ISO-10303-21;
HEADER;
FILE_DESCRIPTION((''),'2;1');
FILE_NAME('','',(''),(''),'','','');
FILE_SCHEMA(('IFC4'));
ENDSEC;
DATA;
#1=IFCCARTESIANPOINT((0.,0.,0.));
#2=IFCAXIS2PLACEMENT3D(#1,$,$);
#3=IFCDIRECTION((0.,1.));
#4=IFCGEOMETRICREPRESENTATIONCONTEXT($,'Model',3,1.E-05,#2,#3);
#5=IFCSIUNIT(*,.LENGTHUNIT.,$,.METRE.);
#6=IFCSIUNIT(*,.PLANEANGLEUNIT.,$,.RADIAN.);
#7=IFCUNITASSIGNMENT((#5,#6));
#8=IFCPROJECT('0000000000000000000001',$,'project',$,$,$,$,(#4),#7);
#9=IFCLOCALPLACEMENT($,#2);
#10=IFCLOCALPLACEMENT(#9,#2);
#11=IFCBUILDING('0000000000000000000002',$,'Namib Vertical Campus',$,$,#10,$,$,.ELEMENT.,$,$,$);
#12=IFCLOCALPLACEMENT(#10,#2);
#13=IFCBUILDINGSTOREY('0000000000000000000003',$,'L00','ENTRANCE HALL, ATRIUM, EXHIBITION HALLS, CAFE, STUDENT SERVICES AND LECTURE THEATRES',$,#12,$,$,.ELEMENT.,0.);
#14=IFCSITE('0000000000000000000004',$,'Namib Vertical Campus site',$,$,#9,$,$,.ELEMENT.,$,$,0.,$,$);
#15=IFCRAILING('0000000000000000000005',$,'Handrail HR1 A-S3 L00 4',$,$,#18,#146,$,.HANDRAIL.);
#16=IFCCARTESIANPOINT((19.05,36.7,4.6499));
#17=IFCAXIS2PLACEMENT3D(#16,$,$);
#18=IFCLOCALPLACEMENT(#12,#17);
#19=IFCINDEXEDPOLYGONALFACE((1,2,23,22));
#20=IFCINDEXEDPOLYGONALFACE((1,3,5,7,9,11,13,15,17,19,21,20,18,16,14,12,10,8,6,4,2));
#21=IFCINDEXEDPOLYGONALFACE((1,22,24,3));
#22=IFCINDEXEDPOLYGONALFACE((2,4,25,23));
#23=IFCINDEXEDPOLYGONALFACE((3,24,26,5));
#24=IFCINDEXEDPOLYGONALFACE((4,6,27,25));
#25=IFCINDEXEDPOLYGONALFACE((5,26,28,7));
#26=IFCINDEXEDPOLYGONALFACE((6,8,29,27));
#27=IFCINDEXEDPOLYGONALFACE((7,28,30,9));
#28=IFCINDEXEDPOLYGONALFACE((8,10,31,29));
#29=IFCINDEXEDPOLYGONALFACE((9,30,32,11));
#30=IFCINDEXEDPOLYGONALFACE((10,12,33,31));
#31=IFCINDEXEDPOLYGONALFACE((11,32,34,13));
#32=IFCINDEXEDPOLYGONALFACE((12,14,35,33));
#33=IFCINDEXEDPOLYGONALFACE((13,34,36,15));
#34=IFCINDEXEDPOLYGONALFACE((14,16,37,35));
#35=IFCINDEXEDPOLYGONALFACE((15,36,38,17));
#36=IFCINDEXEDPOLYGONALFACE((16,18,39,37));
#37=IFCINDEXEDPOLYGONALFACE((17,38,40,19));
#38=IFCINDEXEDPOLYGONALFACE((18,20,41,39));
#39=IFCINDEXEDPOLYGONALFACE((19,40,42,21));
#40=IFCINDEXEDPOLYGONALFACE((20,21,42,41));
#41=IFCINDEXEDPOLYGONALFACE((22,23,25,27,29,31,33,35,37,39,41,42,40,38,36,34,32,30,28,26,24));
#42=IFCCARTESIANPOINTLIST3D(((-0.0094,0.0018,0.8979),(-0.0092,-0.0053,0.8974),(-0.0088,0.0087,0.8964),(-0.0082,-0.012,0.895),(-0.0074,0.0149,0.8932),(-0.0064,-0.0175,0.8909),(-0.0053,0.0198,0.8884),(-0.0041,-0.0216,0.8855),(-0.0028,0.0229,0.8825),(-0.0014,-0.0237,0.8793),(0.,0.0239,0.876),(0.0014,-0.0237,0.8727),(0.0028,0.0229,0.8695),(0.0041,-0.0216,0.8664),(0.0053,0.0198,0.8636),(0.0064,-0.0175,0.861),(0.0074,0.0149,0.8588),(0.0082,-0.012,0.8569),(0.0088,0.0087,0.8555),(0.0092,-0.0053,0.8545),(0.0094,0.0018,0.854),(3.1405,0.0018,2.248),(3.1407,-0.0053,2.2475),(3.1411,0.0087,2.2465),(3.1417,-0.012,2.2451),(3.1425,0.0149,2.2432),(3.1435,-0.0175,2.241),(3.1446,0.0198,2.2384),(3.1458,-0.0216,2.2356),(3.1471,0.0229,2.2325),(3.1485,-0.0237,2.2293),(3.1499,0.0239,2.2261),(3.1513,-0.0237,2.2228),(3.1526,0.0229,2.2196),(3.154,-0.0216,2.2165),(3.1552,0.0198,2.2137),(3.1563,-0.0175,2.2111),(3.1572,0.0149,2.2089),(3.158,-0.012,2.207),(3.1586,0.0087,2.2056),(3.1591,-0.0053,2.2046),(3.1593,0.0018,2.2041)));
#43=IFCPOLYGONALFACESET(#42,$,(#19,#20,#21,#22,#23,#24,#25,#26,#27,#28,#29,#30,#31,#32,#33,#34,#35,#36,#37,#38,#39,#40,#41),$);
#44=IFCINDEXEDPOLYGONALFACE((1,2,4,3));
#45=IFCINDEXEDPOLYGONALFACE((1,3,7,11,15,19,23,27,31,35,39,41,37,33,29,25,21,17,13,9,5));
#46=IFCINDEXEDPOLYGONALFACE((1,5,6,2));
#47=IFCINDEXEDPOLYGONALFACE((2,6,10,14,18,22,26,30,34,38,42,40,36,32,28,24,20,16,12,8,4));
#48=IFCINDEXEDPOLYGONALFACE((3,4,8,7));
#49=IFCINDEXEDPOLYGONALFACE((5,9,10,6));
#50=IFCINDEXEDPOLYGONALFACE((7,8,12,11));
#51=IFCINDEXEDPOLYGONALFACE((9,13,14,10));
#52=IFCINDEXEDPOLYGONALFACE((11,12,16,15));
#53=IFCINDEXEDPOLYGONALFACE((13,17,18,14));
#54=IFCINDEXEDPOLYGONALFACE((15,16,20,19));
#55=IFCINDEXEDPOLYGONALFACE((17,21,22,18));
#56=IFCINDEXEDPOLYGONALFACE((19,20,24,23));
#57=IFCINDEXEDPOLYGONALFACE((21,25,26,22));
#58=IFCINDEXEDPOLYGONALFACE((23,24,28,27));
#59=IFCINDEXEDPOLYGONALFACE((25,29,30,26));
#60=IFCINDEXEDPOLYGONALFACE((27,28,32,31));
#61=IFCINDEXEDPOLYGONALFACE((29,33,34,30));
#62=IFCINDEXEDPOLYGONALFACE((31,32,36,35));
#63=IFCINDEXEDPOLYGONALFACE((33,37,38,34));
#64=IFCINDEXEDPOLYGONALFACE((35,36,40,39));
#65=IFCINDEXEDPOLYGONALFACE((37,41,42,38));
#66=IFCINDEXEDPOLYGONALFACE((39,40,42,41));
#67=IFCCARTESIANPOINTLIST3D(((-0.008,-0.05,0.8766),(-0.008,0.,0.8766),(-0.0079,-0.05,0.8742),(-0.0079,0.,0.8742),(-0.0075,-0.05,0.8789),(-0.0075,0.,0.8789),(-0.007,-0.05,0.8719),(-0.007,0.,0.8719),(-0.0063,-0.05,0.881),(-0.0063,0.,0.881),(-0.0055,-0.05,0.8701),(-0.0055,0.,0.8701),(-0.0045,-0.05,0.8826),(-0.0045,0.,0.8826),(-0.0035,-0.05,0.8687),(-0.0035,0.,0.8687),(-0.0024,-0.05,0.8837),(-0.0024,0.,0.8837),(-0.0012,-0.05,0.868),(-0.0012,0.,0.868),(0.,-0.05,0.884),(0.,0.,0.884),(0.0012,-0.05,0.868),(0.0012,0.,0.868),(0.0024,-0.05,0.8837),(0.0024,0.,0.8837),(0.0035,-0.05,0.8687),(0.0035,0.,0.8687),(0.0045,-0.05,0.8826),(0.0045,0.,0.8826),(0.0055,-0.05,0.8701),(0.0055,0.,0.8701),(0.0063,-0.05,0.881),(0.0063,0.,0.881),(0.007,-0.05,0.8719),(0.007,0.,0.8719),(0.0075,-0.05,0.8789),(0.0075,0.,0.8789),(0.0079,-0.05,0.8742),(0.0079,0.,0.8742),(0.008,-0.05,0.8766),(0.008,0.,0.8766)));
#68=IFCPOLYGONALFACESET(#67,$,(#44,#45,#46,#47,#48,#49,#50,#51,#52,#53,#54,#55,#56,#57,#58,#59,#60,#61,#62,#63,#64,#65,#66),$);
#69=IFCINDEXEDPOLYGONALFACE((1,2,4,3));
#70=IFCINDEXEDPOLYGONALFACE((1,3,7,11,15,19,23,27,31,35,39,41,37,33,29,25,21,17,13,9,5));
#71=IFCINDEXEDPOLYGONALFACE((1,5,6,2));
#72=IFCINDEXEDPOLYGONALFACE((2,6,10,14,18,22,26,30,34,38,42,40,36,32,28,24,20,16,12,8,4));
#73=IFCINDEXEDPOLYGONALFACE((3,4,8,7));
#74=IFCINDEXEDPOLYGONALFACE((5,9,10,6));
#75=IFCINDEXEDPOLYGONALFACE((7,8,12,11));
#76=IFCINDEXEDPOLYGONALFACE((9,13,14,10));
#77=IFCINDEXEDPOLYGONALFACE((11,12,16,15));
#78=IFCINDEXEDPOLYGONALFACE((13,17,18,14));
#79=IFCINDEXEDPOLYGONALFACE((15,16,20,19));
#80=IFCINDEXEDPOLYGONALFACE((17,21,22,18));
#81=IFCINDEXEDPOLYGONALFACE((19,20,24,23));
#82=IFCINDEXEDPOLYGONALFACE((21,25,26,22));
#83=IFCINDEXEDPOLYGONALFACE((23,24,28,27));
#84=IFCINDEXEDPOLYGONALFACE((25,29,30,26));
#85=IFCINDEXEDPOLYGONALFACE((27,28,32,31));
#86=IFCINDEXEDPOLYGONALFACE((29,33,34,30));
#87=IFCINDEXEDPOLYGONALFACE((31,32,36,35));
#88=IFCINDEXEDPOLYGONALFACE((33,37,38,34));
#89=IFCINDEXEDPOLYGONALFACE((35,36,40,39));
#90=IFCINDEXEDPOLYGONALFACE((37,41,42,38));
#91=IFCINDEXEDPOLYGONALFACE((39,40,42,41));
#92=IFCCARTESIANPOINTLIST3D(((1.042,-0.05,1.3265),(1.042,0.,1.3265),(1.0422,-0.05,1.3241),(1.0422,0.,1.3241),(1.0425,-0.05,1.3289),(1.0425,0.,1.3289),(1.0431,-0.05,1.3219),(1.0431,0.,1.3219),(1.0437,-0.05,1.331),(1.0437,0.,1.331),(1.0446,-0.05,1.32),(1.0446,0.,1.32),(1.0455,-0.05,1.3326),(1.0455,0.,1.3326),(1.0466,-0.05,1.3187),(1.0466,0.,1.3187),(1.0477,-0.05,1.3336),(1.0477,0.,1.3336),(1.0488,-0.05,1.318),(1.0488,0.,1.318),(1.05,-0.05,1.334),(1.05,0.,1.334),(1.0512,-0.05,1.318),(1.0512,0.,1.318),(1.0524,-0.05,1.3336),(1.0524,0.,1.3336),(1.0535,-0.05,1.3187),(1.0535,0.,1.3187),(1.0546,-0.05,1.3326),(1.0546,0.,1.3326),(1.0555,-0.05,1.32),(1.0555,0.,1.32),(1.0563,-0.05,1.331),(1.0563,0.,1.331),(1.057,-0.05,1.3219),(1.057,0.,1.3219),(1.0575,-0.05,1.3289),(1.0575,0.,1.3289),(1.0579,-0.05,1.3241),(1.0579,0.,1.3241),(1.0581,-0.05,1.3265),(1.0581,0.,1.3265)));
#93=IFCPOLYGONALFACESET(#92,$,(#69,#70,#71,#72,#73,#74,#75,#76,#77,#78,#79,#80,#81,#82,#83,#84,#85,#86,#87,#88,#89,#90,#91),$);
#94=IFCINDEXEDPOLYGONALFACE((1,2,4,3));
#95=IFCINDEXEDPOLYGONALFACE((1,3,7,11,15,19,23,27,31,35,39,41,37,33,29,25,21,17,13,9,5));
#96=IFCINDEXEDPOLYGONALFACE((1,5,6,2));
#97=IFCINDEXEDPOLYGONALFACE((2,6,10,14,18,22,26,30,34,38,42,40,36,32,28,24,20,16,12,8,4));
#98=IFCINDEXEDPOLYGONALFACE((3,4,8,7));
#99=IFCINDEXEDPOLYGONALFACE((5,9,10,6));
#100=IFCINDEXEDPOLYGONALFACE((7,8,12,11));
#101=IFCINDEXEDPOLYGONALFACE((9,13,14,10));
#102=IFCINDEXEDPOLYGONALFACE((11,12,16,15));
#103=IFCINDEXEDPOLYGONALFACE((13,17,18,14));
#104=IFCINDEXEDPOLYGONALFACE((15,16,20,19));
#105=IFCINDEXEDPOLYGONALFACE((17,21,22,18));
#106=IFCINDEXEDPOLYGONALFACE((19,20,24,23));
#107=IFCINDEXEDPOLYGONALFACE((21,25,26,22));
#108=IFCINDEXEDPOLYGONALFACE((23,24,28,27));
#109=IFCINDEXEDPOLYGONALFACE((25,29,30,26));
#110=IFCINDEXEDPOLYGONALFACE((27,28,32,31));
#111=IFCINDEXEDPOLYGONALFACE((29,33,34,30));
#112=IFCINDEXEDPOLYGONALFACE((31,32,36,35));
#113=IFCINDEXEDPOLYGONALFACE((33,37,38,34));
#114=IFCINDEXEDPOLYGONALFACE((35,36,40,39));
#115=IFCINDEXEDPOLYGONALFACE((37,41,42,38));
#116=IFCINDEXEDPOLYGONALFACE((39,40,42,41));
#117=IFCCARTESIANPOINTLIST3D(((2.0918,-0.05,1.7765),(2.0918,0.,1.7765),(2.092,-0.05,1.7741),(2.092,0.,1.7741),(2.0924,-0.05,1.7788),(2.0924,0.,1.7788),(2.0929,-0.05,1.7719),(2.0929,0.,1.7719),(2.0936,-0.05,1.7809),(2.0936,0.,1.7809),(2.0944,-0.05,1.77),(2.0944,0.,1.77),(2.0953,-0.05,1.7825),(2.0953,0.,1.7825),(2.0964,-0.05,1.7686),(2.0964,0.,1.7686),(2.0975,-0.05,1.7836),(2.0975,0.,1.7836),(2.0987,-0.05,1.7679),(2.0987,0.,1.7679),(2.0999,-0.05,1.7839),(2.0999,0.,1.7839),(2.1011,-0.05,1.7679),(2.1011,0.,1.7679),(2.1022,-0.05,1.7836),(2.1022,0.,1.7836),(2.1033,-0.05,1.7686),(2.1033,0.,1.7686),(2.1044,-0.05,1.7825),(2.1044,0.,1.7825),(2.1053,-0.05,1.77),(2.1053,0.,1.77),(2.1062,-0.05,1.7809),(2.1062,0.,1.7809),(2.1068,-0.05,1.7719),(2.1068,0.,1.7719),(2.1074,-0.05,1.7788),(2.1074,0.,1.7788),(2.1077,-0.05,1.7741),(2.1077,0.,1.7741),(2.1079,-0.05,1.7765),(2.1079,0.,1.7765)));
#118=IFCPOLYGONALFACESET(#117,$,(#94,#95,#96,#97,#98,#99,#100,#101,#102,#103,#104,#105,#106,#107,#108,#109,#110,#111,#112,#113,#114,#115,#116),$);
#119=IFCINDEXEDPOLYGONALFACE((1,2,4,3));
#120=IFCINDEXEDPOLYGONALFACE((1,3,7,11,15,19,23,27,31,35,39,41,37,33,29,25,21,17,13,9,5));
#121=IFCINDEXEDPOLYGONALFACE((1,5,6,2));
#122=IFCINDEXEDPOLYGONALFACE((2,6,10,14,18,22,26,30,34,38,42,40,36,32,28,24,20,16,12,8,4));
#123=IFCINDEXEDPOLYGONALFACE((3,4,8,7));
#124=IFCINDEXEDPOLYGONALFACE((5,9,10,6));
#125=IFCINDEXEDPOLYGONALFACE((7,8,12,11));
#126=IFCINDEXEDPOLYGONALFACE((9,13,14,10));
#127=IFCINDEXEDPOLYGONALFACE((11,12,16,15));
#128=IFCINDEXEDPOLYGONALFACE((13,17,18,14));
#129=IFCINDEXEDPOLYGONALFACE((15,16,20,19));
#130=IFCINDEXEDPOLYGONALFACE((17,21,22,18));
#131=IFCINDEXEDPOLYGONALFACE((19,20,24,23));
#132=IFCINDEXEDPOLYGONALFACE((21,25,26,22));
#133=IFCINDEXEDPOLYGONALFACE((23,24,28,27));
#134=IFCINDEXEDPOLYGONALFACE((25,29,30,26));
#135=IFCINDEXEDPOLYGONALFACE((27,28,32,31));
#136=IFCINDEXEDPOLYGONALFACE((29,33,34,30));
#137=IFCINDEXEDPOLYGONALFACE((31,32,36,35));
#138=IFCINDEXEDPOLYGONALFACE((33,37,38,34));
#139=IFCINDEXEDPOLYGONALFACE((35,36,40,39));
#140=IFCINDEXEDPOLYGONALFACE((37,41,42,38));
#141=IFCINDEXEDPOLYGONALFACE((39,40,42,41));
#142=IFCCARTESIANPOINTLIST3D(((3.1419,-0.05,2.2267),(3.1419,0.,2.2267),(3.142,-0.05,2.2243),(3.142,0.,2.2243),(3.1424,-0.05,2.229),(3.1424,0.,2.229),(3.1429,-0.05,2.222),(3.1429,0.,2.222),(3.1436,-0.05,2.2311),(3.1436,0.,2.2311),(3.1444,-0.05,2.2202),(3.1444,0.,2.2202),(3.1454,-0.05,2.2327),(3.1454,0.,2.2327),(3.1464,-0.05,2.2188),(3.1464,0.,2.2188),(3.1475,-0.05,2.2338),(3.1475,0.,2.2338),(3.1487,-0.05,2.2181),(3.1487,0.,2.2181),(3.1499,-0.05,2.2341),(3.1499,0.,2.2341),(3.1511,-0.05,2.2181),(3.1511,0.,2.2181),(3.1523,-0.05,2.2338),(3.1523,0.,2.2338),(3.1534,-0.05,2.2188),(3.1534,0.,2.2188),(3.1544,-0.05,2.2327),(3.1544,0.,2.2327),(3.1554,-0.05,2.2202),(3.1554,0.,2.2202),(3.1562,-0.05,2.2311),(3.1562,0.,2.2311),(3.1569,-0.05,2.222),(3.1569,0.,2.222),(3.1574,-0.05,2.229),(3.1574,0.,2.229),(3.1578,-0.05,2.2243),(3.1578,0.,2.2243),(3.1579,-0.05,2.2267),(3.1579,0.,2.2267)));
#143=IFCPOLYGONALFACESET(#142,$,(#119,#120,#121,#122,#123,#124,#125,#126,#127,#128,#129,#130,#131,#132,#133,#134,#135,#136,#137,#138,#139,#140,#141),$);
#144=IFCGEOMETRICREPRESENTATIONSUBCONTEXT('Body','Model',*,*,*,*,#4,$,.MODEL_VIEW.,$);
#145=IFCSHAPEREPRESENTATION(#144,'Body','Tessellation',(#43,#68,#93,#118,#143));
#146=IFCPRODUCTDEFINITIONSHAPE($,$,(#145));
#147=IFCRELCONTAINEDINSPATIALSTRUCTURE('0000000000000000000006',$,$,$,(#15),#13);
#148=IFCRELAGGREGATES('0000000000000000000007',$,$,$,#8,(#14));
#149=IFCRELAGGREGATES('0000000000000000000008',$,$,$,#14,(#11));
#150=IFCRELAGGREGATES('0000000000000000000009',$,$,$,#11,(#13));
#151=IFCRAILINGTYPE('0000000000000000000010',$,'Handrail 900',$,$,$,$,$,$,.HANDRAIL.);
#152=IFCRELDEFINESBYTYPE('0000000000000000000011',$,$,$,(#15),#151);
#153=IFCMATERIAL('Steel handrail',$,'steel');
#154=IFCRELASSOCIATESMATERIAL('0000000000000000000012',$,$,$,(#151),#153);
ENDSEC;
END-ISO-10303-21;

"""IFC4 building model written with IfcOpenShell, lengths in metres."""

from ifc_helpers import new_model, si_unit, direction, frame, origin, origin_2d, place, context, subcontext, project, spatial, circle, extrude, material, type_object, element, save


model = new_model("IFC4")

# Units and contexts
model_context = context("Model", 3, precision=1e-05, world=origin(), true_north=direction((0.0, 1.0)))
body_context = subcontext(model_context, "Body", "Model", "MODEL_VIEW")
ifc_project = project(units=[si_unit("LENGTHUNIT", "METRE"), si_unit("PLANEANGLEUNIT", "RADIAN")], contexts=[model_context])

# Site, building, storey
site_placement = place(None, origin())
site = spatial("IfcSite", under=ifc_project, at=site_placement, Name="Namib Vertical Campus site", CompositionType="ELEMENT", RefElevation=0.0)
building_placement = place(site_placement, origin())
building = spatial("IfcBuilding", under=site, at=building_placement, Name="Namib Vertical Campus", CompositionType="ELEMENT")
storey_placement = place(building_placement, origin())
storey = spatial("IfcBuildingStorey", under=building, at=storey_placement, Name="L00", Description="ENTRANCE HALL, ATRIUM, EXHIBITION HALLS, CAFE, STUDENT SERVICES AND LECTURE THEATRES", CompositionType="ELEMENT", Elevation=0.0)

# Railing
ifc_material_1 = material(Name="Steel handrail", Category="steel")
railing_type = type_object("IfcRailingType", Name="Handrail 900", PredefinedType="HANDRAIL", material=ifc_material_1)
for number, where, name in (
    (1, (19.05, 36.7, 4.6499), "Handrail HR1 A-S3 L00 4"),
):
    element("IfcRailing", number, at=place(storey_placement, frame(where)), inside=storey, type_object=railing_type, Name=name, PredefinedType="HANDRAIL", context=body_context, shape_type="SweptSolid", body=[
        extrude(circle(Radius=0.0239, at=origin_2d()), frame((0.0, 0.0, 0.876), z_axis=(0.91913, 0.0, 0.393954), x_axis=(0.0, 1.0, 0.0)), (0.0, 0.0, 1.0), 3.427),
        extrude(circle(Radius=0.0081, at=origin_2d()), frame((0.0, 0.0, 0.876), z_axis=(0.0, -1.0, 0.0), x_axis=(0.0, 0.0, 1.0)), (0.0, 0.0, 1.0), 0.05),
        extrude(circle(Radius=0.0081, at=origin_2d()), frame((1.05, 0.0, 1.3259), z_axis=(0.0, -1.0, 0.0), x_axis=(0.0, 0.0, 1.0)), (0.0, 0.0, 1.0), 0.05),
        extrude(circle(Radius=0.0081, at=origin_2d()), frame((2.0999, 0.0, 1.7759), z_axis=(0.0, -1.0, 0.0), x_axis=(0.0, 0.0, 1.0)), (0.0, 0.0, 1.0), 0.05),
        extrude(circle(Radius=0.0081, at=origin_2d()), frame((3.1499, 0.0, 2.2261), z_axis=(0.0, -1.0, 0.0), x_axis=(0.0, 0.0, 1.0)), (0.0, 0.0, 1.0), 0.05),
    ])

save(model, "model.ifc")
